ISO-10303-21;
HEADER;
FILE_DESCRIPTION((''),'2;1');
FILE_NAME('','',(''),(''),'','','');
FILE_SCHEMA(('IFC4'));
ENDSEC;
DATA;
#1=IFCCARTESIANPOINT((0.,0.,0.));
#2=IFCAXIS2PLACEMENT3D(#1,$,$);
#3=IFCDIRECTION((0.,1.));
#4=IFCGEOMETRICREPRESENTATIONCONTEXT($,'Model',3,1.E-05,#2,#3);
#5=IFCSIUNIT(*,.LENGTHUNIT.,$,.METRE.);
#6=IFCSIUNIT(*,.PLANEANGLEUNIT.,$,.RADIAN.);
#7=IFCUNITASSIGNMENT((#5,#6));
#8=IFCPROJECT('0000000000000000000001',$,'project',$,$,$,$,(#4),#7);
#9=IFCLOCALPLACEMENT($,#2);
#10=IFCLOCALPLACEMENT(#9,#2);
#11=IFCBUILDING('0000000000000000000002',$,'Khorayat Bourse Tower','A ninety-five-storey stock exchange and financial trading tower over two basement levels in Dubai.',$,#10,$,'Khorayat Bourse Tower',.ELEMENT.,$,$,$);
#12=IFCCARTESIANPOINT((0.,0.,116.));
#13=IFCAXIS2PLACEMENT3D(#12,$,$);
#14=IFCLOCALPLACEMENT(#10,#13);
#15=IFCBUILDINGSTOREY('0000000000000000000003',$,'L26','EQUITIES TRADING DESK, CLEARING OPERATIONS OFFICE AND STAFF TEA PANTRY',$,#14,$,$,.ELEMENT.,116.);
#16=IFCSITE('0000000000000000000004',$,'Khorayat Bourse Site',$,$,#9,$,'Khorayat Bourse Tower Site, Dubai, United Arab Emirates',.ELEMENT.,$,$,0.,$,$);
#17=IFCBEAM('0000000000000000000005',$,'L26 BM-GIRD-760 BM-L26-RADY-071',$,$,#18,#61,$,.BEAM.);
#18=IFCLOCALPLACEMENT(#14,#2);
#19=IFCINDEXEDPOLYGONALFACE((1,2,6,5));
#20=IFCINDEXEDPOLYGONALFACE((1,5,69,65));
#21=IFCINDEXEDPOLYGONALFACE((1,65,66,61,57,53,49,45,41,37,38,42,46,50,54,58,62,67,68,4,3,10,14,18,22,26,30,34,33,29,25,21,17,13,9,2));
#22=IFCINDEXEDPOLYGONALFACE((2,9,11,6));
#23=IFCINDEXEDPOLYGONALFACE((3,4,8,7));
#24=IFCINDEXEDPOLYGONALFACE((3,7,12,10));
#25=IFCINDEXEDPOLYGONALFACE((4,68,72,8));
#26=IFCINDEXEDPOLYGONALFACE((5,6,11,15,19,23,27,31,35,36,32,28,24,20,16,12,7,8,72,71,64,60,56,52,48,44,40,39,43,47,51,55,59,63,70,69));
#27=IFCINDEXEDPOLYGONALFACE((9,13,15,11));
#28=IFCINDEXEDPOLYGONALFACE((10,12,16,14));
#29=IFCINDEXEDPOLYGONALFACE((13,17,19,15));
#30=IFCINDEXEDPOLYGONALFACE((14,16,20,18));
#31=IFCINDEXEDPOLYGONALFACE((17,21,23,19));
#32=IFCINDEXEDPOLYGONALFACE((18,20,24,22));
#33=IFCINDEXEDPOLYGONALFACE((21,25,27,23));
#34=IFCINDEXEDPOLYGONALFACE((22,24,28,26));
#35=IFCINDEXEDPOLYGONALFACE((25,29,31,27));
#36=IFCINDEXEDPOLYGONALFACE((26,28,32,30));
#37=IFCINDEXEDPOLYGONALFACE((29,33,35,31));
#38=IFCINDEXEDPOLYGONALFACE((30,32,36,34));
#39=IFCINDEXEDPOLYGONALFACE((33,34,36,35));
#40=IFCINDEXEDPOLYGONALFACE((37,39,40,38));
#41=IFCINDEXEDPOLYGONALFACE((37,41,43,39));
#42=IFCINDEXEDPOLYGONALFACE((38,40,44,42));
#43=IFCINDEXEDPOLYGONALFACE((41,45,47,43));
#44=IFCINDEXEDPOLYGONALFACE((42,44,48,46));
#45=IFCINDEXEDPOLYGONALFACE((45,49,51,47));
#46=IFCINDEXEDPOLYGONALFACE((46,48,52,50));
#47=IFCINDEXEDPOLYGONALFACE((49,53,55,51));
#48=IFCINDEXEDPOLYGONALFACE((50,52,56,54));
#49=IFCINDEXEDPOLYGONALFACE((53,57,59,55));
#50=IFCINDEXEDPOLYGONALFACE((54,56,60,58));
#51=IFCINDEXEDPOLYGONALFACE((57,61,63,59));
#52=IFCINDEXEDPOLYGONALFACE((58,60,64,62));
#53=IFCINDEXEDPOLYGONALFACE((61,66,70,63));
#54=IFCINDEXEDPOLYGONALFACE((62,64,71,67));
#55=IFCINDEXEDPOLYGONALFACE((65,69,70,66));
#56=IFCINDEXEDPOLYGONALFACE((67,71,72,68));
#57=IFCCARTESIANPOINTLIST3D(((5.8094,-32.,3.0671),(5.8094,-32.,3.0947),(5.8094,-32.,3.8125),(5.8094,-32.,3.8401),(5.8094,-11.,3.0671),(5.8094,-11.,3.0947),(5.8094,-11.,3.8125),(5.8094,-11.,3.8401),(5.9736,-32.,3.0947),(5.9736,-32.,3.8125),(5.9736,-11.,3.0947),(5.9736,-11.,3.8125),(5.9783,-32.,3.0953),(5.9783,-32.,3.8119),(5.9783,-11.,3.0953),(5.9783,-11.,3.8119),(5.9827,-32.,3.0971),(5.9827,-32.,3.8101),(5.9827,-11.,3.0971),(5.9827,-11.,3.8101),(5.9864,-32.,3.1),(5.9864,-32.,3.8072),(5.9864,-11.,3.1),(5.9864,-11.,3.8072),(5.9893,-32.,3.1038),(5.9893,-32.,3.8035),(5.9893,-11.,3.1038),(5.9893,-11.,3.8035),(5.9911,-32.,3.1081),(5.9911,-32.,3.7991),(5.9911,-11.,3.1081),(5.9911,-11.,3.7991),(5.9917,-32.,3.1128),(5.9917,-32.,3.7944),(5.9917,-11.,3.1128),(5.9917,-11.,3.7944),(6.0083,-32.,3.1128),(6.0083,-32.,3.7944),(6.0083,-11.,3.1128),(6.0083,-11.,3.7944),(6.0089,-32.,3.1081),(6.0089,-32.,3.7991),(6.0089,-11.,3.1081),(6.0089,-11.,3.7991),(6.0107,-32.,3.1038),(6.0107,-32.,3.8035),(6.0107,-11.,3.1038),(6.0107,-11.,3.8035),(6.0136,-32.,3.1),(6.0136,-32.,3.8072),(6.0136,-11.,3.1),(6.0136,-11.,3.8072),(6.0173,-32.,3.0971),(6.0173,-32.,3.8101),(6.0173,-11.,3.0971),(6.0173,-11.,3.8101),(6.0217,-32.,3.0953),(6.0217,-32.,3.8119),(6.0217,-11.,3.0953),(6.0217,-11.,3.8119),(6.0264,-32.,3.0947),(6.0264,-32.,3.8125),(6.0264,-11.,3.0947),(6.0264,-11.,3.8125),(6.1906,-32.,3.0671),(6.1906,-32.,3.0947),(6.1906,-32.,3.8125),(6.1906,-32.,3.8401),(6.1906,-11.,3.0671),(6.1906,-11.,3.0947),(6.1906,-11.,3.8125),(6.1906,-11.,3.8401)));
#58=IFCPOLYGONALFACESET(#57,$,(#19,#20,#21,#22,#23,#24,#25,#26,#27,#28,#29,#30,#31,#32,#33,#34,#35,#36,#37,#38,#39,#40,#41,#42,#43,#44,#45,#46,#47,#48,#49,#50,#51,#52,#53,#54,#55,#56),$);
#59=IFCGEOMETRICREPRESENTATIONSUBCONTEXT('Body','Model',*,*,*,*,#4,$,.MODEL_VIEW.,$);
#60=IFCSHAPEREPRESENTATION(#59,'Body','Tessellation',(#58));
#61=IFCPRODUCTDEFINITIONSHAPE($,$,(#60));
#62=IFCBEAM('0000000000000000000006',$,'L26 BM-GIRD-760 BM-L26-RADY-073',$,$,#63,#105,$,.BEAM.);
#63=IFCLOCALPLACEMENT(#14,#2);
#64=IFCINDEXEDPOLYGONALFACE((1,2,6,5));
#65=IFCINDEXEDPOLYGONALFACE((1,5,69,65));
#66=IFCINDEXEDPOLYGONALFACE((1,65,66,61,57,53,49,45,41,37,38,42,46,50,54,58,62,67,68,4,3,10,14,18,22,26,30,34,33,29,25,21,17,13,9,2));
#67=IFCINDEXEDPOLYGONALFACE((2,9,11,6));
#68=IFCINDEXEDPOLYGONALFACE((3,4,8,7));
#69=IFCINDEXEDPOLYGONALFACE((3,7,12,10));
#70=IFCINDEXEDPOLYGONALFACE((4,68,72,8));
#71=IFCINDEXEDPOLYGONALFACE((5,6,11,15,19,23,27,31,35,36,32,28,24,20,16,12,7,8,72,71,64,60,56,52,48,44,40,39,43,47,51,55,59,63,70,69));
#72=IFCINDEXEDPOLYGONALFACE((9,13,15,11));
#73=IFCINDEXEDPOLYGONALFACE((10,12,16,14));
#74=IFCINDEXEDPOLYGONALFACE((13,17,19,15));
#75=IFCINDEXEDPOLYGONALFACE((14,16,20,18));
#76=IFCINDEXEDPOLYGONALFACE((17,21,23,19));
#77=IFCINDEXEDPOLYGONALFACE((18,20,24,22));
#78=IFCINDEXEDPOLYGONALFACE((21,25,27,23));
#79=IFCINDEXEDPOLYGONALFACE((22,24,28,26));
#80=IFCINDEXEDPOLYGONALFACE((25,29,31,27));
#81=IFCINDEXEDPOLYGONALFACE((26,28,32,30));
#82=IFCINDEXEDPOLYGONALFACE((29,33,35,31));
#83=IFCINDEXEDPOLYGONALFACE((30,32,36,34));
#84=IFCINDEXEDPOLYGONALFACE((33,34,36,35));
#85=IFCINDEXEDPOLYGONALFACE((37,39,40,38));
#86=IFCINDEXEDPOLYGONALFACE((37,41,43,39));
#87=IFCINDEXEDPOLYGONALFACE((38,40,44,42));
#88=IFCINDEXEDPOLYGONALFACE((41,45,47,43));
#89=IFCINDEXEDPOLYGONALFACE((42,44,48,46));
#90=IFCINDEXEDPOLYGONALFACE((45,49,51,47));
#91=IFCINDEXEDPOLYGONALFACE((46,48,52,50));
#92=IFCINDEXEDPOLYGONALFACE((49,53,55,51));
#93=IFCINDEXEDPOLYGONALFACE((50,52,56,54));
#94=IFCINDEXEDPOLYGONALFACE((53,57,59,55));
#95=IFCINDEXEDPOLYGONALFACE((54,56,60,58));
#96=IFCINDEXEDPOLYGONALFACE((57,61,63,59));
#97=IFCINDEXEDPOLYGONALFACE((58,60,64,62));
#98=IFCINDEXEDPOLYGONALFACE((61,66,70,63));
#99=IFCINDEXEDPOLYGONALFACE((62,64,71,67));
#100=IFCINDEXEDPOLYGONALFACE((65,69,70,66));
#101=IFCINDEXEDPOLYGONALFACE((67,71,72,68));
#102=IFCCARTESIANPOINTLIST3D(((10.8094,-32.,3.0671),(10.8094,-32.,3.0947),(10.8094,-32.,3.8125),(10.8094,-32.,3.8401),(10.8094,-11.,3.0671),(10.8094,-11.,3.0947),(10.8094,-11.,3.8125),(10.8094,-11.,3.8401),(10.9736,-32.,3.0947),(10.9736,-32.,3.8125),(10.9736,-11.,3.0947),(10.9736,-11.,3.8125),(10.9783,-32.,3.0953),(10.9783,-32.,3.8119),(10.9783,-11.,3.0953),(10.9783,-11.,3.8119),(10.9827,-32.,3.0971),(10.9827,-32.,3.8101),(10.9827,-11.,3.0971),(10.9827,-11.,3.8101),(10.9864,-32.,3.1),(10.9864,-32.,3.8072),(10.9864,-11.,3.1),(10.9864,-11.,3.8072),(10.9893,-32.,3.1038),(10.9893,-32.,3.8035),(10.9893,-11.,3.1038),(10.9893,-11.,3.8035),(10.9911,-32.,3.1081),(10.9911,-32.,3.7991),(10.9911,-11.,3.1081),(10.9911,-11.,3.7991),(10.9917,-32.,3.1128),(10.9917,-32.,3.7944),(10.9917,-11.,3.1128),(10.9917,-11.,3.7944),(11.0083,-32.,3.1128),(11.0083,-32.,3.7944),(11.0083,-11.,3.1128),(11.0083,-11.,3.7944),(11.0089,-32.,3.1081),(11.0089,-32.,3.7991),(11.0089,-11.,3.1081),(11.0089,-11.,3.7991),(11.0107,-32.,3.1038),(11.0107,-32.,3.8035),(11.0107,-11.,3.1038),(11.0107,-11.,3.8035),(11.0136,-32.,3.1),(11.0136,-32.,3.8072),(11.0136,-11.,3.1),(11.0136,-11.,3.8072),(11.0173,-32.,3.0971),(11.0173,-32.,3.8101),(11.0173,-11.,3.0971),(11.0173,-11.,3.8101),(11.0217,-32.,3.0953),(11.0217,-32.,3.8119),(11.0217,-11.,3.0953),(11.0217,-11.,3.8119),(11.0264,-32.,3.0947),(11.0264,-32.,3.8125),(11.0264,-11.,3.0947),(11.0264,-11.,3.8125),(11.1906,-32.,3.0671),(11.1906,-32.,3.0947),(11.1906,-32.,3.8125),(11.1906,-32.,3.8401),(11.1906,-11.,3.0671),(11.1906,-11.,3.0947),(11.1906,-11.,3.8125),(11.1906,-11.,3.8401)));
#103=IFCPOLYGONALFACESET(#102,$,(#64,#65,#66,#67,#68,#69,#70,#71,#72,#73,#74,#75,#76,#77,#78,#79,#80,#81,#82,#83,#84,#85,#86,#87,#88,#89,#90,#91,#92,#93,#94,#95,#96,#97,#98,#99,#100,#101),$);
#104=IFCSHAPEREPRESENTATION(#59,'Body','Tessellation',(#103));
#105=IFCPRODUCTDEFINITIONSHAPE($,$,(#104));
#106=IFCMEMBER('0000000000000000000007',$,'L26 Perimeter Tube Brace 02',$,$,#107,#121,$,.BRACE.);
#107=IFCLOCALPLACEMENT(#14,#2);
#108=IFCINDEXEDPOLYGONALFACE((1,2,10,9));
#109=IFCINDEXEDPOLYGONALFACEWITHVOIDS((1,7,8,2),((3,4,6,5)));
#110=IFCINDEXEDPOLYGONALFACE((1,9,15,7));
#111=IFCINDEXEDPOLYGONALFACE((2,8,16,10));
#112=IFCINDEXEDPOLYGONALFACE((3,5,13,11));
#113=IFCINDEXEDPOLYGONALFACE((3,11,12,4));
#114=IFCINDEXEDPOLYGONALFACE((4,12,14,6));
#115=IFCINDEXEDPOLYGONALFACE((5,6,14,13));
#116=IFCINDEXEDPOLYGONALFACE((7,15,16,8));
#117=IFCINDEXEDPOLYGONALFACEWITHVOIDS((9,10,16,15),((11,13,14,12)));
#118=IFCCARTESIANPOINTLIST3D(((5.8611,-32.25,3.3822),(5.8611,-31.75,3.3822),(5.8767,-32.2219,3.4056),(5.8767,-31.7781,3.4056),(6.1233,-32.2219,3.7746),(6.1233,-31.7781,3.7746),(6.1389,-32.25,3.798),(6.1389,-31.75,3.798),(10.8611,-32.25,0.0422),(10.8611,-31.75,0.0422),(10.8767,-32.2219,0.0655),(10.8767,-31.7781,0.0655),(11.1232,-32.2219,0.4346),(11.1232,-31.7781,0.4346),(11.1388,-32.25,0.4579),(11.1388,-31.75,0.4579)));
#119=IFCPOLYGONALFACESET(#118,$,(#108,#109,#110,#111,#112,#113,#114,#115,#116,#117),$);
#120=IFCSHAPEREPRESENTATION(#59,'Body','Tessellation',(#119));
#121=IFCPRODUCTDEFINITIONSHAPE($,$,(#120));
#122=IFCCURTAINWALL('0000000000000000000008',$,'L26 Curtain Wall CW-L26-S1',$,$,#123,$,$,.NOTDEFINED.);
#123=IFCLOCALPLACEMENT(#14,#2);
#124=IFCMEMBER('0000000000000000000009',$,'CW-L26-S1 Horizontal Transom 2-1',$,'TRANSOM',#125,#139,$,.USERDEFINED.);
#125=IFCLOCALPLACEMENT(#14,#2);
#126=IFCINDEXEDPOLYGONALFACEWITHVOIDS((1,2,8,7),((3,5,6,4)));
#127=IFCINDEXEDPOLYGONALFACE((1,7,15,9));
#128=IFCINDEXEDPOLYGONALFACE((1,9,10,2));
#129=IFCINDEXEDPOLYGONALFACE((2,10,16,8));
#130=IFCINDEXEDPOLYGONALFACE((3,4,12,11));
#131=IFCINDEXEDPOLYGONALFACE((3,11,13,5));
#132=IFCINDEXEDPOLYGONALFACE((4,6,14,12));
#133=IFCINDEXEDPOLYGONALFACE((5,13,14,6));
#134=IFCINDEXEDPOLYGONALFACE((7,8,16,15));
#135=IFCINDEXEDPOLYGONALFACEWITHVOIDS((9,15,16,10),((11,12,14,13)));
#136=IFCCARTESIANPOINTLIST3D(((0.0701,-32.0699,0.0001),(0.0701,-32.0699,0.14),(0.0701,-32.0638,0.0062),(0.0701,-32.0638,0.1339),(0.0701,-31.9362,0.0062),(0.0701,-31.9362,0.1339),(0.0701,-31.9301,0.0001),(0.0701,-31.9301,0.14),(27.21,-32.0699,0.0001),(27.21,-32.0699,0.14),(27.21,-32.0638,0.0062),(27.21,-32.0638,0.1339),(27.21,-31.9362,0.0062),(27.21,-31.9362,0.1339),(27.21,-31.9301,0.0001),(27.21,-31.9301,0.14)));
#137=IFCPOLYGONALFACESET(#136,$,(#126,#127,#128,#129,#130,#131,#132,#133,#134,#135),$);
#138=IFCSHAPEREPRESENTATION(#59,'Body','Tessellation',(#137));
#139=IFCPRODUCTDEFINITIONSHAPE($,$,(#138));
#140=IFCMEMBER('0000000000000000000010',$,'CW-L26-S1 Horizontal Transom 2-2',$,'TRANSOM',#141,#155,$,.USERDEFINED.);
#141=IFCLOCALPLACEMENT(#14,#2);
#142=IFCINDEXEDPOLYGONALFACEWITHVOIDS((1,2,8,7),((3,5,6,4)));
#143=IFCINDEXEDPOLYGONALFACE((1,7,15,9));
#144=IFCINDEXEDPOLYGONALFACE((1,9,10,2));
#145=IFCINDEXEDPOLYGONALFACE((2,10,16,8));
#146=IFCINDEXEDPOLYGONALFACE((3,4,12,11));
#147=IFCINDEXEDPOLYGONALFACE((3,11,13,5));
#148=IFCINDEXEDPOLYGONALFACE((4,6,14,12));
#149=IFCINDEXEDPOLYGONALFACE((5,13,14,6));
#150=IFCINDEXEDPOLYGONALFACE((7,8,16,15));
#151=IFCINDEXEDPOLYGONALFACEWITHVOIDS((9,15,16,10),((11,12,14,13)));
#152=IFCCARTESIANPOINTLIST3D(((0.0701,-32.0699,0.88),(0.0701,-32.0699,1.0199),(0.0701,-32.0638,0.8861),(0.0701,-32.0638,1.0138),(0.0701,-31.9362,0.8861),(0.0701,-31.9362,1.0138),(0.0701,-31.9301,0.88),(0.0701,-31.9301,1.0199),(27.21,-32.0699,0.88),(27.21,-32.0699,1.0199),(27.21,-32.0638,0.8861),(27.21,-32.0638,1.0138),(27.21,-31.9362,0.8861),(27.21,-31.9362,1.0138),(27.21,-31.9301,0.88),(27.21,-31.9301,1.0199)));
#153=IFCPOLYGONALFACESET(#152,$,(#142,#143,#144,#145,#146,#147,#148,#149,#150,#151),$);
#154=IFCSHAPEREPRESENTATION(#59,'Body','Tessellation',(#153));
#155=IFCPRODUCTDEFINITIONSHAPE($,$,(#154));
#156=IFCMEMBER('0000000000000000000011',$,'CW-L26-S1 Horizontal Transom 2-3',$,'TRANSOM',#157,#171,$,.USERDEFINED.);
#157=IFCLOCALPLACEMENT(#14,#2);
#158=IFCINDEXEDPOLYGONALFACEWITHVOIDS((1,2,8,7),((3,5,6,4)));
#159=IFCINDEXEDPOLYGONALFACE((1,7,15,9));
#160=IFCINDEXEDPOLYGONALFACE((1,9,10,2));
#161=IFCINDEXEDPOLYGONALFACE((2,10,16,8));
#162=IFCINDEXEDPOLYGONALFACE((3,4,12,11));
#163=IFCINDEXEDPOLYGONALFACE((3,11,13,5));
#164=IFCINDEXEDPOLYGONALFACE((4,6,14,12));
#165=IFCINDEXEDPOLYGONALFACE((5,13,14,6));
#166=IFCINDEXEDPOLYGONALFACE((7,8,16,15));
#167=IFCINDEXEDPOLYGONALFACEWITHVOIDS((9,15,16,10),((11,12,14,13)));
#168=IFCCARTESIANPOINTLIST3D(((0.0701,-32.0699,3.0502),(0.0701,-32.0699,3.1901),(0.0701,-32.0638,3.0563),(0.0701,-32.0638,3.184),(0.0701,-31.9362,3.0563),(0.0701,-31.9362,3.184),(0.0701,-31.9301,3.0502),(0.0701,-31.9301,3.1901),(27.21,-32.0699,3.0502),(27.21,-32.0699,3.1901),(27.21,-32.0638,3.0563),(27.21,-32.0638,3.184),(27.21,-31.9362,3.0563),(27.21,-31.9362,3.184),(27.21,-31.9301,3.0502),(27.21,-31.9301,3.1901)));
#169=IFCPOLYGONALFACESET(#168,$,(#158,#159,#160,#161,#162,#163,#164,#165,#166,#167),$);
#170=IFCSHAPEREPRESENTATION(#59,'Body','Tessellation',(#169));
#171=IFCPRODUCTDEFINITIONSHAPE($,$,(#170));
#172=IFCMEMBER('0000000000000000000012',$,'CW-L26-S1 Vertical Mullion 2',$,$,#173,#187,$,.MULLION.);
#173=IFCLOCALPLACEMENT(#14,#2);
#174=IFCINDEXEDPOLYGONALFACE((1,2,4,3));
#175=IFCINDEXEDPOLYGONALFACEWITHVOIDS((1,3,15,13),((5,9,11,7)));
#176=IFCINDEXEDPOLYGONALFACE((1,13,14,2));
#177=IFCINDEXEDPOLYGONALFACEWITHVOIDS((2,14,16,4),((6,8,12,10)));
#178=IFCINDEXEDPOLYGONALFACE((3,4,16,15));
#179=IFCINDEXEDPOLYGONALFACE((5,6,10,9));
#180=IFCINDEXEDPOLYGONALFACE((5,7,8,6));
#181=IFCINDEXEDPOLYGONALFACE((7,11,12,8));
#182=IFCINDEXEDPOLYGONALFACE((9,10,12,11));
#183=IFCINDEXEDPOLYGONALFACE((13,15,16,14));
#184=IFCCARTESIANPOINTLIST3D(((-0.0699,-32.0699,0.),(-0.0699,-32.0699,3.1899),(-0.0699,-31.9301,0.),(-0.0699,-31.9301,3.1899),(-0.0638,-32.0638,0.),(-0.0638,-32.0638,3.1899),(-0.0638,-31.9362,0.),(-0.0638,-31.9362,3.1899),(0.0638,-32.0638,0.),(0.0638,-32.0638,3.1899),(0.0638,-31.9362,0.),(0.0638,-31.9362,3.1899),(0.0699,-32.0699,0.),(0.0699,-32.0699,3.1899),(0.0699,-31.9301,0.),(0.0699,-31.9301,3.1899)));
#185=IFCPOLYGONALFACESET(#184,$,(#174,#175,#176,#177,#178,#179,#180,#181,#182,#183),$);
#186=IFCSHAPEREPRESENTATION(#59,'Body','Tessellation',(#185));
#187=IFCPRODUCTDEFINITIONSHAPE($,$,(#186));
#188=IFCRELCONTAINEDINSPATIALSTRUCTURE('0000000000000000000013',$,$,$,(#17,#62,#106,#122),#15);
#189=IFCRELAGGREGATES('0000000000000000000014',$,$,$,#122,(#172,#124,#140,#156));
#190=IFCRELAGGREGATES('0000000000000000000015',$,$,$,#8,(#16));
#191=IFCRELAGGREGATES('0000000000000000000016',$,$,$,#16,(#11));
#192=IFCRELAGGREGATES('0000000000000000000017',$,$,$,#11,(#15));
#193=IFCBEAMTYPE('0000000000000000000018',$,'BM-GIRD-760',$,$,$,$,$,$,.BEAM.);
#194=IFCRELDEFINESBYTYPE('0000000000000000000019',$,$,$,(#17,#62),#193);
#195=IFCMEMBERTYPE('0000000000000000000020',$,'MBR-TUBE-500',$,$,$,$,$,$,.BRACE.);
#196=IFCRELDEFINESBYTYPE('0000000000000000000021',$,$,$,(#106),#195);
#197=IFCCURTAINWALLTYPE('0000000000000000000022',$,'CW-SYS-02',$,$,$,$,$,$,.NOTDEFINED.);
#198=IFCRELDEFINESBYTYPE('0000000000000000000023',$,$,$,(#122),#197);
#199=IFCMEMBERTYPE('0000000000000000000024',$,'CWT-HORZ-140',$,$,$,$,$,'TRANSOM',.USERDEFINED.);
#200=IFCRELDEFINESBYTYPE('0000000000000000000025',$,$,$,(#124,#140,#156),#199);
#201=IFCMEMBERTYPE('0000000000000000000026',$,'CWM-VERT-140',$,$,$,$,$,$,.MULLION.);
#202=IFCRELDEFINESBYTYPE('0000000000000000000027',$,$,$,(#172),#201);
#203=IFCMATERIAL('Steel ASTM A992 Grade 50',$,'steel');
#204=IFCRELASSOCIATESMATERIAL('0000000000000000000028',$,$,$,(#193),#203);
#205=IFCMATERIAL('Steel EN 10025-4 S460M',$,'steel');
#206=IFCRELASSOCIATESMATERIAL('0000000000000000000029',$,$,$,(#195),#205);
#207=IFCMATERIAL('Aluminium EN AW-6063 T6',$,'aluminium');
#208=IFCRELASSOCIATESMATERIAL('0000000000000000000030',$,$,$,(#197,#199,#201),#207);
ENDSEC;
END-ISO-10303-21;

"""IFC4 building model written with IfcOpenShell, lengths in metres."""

from ifc_helpers import new_model, si_unit, direction, frame, origin, origin_2d, place, context, subcontext, project, spatial, hollow_rectangle, i_section, extrude, source, transform, mapped, material, material_profile, profile_set, type_object, element, aggregate, save


model = new_model("IFC4")

# Units and contexts
model_context = context("Model", 3, precision=1e-05, world=origin(), true_north=direction((0.0, 1.0)))
body_context = subcontext(model_context, "Body", "Model", "MODEL_VIEW")
ifc_project = project(units=[si_unit("LENGTHUNIT", "METRE"), si_unit("PLANEANGLEUNIT", "RADIAN")], contexts=[model_context])

# Site, building, storey
site_placement = place(None, origin())
site = spatial("IfcSite", under=ifc_project, at=site_placement, Name="Khorayat Bourse Site", LongName="Khorayat Bourse Tower Site, Dubai, United Arab Emirates", CompositionType="ELEMENT", RefElevation=0.0)
building_placement = place(site_placement, origin())
building = spatial("IfcBuilding", under=site, at=building_placement, Name="Khorayat Bourse Tower", Description="A ninety-five-storey stock exchange and financial trading tower over two basement levels in Dubai.", LongName="Khorayat Bourse Tower", CompositionType="ELEMENT")
storey_placement = place(building_placement, frame((0.0, 0.0, 116.0)))
storey = spatial("IfcBuildingStorey", under=building, at=storey_placement, Name="L26", Description="EQUITIES TRADING DESK, CLEARING OPERATIONS OFFICE AND STAFF TEA PANTRY", CompositionType="ELEMENT", Elevation=116.0)

# Shared definitions
ifc_material_1 = material(Name="Steel EN 10025-4 S460M", Category="steel")

# Beams
ifc_material_2 = material(Name="Steel ASTM A992 Grade 50", Category="steel")
ifc_material_profile_1 = material_profile(ifc_material_2, i_section(OverallWidth=0.3811, OverallDepth=0.7729, WebThickness=0.0166, FlangeThickness=0.0276, FilletRadius=0.0181, at=origin_2d()), Name="W760X257")
ifc_profile_set_1 = profile_set([ifc_material_profile_1], Name="Steel ASTM A992 Grade 50")
beam_type_1 = type_object("IfcBeamType", Name="BM-GIRD-760", PredefinedType="BEAM", material=ifc_profile_set_1)
shared_shape_1 = source(origin(), body_context, "Body", "SweptSolid", [
    extrude(i_section(OverallWidth=0.3811, OverallDepth=0.7729, WebThickness=0.0166, FlangeThickness=0.0276, FilletRadius=0.0181, at=origin_2d()), origin(), (0.0, 0.0, 1.0), 21.0),
])
for number, where, z_axis, x_axis, name in (
    (1, (6.0, -32.0, 3.4536), (0.0, 1.0, 0.0), (-1.0, 0.0, 0.0), "L26 BM-GIRD-760 BM-L26-RADY-071"),
    (2, (11.0, -32.0, 3.4536), (0.0, 1.0, 0.0), (-1.0, 0.0, 0.0), "L26 BM-GIRD-760 BM-L26-RADY-073"),
):
    element("IfcBeam", number, at=place(storey_placement, frame(where, z_axis=z_axis, x_axis=x_axis)), inside=storey, type_object=beam_type_1, Name=name, PredefinedType="BEAM", context=body_context, shape_type="MappedRepresentation", body=[
        mapped(shared_shape_1, transform((0.0, 0.0, 0.0), scale=1.0)),
    ])

# Member
ifc_material_profile_2 = material_profile(ifc_material_1, hollow_rectangle(XDim=0.5, YDim=0.5, WallThickness=0.0281, at=origin_2d()), Name="HSS 500x500x28")
ifc_profile_set_2 = profile_set([ifc_material_profile_2], Name="Steel EN 10025-4 S460M")
member_type_1 = type_object("IfcMemberType", Name="MBR-TUBE-500", PredefinedType="BRACE", material=ifc_profile_set_2)
shared_shape_2 = source(origin(), body_context, "Body", "SweptSolid", [
    extrude(hollow_rectangle(XDim=0.5, YDim=0.5, WallThickness=0.0281, at=origin_2d()), origin(), (0.0, 0.0, 1.0), 6.0129),
])
member_1_placement = place(storey_placement, frame((6.0, -32.0, 3.5901), z_axis=(0.831531, 0.0, -0.555478), x_axis=(0.0, 1.0, 0.0)))
element("IfcMember", 3, at=member_1_placement, inside=storey, type_object=member_type_1, Name="L26 Perimeter Tube Brace 02", PredefinedType="BRACE", context=body_context, shape_type="MappedRepresentation", body=[
    mapped(shared_shape_2, transform((0.0, 0.0, 0.0), scale=1.0)),
])

# Curtain wall, members
ifc_material_3 = material(Name="Aluminium EN AW-6063 T6", Category="aluminium")
curtain_wall_type = type_object("IfcCurtainWallType", Name="CW-SYS-02", PredefinedType="NOTDEFINED", material=ifc_material_3)
curtain_wall_placement = place(storey_placement, origin())
curtain_wall = element("IfcCurtainWall", 4, at=curtain_wall_placement, inside=storey, type_object=curtain_wall_type, Name="L26 Curtain Wall CW-L26-S1", PredefinedType="NOTDEFINED")
ifc_material_profile_3 = material_profile(ifc_material_3, hollow_rectangle(XDim=0.1399, YDim=0.1399, WallThickness=0.0061, at=origin_2d()), Name="ALU 140x140x6")
ifc_profile_set_3 = profile_set([ifc_material_profile_3], Name="Aluminium EN AW-6063 T6")
member_type_2 = type_object("IfcMemberType", Name="CWT-HORZ-140", ElementType="TRANSOM", PredefinedType="USERDEFINED", material=ifc_profile_set_3)
shared_shape_3 = source(origin(), body_context, "Body", "SweptSolid", [
    extrude(hollow_rectangle(XDim=0.1399, YDim=0.1399, WallThickness=0.0061, at=origin_2d()), origin(), (0.0, 0.0, 1.0), 27.1399),
])
member_2_placement = place(storey_placement, frame((0.0701, -32.0, 0.0701), z_axis=(1.0, 0.0, 0.0), x_axis=(0.0, 1.0, 0.0)))
member_2 = element("IfcMember", 5, at=member_2_placement, type_object=member_type_2, Name="CW-L26-S1 Horizontal Transom 2-1", ObjectType="TRANSOM", PredefinedType="USERDEFINED", context=body_context, shape_type="MappedRepresentation", body=[
    mapped(shared_shape_3, transform((0.0, 0.0, 0.0), scale=1.0)),
])
member_3_placement = place(storey_placement, frame((0.0701, -32.0, 0.95), z_axis=(1.0, 0.0, 0.0), x_axis=(0.0, 1.0, 0.0)))
member_3 = element("IfcMember", 6, at=member_3_placement, type_object=member_type_2, Name="CW-L26-S1 Horizontal Transom 2-2", ObjectType="TRANSOM", PredefinedType="USERDEFINED", context=body_context, shape_type="MappedRepresentation", body=[
    mapped(shared_shape_3, transform((0.0, 0.0, 0.0), scale=1.0)),
])
member_4_placement = place(storey_placement, frame((0.0701, -32.0, 3.1201), z_axis=(1.0, 0.0, 0.0), x_axis=(0.0, 1.0, 0.0)))
member_4 = element("IfcMember", 7, at=member_4_placement, type_object=member_type_2, Name="CW-L26-S1 Horizontal Transom 2-3", ObjectType="TRANSOM", PredefinedType="USERDEFINED", context=body_context, shape_type="MappedRepresentation", body=[
    mapped(shared_shape_3, transform((0.0, 0.0, 0.0), scale=1.0)),
])
ifc_material_profile_4 = material_profile(ifc_material_3, hollow_rectangle(XDim=0.1399, YDim=0.1399, WallThickness=0.0061, at=origin_2d()), Name="ALU 140x140x6")
ifc_profile_set_4 = profile_set([ifc_material_profile_4], Name="Aluminium EN AW-6063 T6")
member_type_3 = type_object("IfcMemberType", Name="CWM-VERT-140", PredefinedType="MULLION", material=ifc_profile_set_4)
shared_shape_4 = source(origin(), body_context, "Body", "SweptSolid", [
    extrude(hollow_rectangle(XDim=0.1399, YDim=0.1399, WallThickness=0.0061, at=origin_2d()), origin(), (0.0, 0.0, 1.0), 3.1899),
])
member_5_placement = place(storey_placement, frame((0.0, -32.0, 0.0), z_axis=(0.0, 0.0, 1.0), x_axis=(0.0, 1.0, 0.0)))
member_5 = element("IfcMember", 8, at=member_5_placement, type_object=member_type_3, Name="CW-L26-S1 Vertical Mullion 2", PredefinedType="MULLION", context=body_context, shape_type="MappedRepresentation", body=[
    mapped(shared_shape_4, transform((0.0, 0.0, 0.0), scale=1.0)),
])
aggregate(curtain_wall, [member_5, member_2, member_3, member_4])

save(model, "model.ifc")
